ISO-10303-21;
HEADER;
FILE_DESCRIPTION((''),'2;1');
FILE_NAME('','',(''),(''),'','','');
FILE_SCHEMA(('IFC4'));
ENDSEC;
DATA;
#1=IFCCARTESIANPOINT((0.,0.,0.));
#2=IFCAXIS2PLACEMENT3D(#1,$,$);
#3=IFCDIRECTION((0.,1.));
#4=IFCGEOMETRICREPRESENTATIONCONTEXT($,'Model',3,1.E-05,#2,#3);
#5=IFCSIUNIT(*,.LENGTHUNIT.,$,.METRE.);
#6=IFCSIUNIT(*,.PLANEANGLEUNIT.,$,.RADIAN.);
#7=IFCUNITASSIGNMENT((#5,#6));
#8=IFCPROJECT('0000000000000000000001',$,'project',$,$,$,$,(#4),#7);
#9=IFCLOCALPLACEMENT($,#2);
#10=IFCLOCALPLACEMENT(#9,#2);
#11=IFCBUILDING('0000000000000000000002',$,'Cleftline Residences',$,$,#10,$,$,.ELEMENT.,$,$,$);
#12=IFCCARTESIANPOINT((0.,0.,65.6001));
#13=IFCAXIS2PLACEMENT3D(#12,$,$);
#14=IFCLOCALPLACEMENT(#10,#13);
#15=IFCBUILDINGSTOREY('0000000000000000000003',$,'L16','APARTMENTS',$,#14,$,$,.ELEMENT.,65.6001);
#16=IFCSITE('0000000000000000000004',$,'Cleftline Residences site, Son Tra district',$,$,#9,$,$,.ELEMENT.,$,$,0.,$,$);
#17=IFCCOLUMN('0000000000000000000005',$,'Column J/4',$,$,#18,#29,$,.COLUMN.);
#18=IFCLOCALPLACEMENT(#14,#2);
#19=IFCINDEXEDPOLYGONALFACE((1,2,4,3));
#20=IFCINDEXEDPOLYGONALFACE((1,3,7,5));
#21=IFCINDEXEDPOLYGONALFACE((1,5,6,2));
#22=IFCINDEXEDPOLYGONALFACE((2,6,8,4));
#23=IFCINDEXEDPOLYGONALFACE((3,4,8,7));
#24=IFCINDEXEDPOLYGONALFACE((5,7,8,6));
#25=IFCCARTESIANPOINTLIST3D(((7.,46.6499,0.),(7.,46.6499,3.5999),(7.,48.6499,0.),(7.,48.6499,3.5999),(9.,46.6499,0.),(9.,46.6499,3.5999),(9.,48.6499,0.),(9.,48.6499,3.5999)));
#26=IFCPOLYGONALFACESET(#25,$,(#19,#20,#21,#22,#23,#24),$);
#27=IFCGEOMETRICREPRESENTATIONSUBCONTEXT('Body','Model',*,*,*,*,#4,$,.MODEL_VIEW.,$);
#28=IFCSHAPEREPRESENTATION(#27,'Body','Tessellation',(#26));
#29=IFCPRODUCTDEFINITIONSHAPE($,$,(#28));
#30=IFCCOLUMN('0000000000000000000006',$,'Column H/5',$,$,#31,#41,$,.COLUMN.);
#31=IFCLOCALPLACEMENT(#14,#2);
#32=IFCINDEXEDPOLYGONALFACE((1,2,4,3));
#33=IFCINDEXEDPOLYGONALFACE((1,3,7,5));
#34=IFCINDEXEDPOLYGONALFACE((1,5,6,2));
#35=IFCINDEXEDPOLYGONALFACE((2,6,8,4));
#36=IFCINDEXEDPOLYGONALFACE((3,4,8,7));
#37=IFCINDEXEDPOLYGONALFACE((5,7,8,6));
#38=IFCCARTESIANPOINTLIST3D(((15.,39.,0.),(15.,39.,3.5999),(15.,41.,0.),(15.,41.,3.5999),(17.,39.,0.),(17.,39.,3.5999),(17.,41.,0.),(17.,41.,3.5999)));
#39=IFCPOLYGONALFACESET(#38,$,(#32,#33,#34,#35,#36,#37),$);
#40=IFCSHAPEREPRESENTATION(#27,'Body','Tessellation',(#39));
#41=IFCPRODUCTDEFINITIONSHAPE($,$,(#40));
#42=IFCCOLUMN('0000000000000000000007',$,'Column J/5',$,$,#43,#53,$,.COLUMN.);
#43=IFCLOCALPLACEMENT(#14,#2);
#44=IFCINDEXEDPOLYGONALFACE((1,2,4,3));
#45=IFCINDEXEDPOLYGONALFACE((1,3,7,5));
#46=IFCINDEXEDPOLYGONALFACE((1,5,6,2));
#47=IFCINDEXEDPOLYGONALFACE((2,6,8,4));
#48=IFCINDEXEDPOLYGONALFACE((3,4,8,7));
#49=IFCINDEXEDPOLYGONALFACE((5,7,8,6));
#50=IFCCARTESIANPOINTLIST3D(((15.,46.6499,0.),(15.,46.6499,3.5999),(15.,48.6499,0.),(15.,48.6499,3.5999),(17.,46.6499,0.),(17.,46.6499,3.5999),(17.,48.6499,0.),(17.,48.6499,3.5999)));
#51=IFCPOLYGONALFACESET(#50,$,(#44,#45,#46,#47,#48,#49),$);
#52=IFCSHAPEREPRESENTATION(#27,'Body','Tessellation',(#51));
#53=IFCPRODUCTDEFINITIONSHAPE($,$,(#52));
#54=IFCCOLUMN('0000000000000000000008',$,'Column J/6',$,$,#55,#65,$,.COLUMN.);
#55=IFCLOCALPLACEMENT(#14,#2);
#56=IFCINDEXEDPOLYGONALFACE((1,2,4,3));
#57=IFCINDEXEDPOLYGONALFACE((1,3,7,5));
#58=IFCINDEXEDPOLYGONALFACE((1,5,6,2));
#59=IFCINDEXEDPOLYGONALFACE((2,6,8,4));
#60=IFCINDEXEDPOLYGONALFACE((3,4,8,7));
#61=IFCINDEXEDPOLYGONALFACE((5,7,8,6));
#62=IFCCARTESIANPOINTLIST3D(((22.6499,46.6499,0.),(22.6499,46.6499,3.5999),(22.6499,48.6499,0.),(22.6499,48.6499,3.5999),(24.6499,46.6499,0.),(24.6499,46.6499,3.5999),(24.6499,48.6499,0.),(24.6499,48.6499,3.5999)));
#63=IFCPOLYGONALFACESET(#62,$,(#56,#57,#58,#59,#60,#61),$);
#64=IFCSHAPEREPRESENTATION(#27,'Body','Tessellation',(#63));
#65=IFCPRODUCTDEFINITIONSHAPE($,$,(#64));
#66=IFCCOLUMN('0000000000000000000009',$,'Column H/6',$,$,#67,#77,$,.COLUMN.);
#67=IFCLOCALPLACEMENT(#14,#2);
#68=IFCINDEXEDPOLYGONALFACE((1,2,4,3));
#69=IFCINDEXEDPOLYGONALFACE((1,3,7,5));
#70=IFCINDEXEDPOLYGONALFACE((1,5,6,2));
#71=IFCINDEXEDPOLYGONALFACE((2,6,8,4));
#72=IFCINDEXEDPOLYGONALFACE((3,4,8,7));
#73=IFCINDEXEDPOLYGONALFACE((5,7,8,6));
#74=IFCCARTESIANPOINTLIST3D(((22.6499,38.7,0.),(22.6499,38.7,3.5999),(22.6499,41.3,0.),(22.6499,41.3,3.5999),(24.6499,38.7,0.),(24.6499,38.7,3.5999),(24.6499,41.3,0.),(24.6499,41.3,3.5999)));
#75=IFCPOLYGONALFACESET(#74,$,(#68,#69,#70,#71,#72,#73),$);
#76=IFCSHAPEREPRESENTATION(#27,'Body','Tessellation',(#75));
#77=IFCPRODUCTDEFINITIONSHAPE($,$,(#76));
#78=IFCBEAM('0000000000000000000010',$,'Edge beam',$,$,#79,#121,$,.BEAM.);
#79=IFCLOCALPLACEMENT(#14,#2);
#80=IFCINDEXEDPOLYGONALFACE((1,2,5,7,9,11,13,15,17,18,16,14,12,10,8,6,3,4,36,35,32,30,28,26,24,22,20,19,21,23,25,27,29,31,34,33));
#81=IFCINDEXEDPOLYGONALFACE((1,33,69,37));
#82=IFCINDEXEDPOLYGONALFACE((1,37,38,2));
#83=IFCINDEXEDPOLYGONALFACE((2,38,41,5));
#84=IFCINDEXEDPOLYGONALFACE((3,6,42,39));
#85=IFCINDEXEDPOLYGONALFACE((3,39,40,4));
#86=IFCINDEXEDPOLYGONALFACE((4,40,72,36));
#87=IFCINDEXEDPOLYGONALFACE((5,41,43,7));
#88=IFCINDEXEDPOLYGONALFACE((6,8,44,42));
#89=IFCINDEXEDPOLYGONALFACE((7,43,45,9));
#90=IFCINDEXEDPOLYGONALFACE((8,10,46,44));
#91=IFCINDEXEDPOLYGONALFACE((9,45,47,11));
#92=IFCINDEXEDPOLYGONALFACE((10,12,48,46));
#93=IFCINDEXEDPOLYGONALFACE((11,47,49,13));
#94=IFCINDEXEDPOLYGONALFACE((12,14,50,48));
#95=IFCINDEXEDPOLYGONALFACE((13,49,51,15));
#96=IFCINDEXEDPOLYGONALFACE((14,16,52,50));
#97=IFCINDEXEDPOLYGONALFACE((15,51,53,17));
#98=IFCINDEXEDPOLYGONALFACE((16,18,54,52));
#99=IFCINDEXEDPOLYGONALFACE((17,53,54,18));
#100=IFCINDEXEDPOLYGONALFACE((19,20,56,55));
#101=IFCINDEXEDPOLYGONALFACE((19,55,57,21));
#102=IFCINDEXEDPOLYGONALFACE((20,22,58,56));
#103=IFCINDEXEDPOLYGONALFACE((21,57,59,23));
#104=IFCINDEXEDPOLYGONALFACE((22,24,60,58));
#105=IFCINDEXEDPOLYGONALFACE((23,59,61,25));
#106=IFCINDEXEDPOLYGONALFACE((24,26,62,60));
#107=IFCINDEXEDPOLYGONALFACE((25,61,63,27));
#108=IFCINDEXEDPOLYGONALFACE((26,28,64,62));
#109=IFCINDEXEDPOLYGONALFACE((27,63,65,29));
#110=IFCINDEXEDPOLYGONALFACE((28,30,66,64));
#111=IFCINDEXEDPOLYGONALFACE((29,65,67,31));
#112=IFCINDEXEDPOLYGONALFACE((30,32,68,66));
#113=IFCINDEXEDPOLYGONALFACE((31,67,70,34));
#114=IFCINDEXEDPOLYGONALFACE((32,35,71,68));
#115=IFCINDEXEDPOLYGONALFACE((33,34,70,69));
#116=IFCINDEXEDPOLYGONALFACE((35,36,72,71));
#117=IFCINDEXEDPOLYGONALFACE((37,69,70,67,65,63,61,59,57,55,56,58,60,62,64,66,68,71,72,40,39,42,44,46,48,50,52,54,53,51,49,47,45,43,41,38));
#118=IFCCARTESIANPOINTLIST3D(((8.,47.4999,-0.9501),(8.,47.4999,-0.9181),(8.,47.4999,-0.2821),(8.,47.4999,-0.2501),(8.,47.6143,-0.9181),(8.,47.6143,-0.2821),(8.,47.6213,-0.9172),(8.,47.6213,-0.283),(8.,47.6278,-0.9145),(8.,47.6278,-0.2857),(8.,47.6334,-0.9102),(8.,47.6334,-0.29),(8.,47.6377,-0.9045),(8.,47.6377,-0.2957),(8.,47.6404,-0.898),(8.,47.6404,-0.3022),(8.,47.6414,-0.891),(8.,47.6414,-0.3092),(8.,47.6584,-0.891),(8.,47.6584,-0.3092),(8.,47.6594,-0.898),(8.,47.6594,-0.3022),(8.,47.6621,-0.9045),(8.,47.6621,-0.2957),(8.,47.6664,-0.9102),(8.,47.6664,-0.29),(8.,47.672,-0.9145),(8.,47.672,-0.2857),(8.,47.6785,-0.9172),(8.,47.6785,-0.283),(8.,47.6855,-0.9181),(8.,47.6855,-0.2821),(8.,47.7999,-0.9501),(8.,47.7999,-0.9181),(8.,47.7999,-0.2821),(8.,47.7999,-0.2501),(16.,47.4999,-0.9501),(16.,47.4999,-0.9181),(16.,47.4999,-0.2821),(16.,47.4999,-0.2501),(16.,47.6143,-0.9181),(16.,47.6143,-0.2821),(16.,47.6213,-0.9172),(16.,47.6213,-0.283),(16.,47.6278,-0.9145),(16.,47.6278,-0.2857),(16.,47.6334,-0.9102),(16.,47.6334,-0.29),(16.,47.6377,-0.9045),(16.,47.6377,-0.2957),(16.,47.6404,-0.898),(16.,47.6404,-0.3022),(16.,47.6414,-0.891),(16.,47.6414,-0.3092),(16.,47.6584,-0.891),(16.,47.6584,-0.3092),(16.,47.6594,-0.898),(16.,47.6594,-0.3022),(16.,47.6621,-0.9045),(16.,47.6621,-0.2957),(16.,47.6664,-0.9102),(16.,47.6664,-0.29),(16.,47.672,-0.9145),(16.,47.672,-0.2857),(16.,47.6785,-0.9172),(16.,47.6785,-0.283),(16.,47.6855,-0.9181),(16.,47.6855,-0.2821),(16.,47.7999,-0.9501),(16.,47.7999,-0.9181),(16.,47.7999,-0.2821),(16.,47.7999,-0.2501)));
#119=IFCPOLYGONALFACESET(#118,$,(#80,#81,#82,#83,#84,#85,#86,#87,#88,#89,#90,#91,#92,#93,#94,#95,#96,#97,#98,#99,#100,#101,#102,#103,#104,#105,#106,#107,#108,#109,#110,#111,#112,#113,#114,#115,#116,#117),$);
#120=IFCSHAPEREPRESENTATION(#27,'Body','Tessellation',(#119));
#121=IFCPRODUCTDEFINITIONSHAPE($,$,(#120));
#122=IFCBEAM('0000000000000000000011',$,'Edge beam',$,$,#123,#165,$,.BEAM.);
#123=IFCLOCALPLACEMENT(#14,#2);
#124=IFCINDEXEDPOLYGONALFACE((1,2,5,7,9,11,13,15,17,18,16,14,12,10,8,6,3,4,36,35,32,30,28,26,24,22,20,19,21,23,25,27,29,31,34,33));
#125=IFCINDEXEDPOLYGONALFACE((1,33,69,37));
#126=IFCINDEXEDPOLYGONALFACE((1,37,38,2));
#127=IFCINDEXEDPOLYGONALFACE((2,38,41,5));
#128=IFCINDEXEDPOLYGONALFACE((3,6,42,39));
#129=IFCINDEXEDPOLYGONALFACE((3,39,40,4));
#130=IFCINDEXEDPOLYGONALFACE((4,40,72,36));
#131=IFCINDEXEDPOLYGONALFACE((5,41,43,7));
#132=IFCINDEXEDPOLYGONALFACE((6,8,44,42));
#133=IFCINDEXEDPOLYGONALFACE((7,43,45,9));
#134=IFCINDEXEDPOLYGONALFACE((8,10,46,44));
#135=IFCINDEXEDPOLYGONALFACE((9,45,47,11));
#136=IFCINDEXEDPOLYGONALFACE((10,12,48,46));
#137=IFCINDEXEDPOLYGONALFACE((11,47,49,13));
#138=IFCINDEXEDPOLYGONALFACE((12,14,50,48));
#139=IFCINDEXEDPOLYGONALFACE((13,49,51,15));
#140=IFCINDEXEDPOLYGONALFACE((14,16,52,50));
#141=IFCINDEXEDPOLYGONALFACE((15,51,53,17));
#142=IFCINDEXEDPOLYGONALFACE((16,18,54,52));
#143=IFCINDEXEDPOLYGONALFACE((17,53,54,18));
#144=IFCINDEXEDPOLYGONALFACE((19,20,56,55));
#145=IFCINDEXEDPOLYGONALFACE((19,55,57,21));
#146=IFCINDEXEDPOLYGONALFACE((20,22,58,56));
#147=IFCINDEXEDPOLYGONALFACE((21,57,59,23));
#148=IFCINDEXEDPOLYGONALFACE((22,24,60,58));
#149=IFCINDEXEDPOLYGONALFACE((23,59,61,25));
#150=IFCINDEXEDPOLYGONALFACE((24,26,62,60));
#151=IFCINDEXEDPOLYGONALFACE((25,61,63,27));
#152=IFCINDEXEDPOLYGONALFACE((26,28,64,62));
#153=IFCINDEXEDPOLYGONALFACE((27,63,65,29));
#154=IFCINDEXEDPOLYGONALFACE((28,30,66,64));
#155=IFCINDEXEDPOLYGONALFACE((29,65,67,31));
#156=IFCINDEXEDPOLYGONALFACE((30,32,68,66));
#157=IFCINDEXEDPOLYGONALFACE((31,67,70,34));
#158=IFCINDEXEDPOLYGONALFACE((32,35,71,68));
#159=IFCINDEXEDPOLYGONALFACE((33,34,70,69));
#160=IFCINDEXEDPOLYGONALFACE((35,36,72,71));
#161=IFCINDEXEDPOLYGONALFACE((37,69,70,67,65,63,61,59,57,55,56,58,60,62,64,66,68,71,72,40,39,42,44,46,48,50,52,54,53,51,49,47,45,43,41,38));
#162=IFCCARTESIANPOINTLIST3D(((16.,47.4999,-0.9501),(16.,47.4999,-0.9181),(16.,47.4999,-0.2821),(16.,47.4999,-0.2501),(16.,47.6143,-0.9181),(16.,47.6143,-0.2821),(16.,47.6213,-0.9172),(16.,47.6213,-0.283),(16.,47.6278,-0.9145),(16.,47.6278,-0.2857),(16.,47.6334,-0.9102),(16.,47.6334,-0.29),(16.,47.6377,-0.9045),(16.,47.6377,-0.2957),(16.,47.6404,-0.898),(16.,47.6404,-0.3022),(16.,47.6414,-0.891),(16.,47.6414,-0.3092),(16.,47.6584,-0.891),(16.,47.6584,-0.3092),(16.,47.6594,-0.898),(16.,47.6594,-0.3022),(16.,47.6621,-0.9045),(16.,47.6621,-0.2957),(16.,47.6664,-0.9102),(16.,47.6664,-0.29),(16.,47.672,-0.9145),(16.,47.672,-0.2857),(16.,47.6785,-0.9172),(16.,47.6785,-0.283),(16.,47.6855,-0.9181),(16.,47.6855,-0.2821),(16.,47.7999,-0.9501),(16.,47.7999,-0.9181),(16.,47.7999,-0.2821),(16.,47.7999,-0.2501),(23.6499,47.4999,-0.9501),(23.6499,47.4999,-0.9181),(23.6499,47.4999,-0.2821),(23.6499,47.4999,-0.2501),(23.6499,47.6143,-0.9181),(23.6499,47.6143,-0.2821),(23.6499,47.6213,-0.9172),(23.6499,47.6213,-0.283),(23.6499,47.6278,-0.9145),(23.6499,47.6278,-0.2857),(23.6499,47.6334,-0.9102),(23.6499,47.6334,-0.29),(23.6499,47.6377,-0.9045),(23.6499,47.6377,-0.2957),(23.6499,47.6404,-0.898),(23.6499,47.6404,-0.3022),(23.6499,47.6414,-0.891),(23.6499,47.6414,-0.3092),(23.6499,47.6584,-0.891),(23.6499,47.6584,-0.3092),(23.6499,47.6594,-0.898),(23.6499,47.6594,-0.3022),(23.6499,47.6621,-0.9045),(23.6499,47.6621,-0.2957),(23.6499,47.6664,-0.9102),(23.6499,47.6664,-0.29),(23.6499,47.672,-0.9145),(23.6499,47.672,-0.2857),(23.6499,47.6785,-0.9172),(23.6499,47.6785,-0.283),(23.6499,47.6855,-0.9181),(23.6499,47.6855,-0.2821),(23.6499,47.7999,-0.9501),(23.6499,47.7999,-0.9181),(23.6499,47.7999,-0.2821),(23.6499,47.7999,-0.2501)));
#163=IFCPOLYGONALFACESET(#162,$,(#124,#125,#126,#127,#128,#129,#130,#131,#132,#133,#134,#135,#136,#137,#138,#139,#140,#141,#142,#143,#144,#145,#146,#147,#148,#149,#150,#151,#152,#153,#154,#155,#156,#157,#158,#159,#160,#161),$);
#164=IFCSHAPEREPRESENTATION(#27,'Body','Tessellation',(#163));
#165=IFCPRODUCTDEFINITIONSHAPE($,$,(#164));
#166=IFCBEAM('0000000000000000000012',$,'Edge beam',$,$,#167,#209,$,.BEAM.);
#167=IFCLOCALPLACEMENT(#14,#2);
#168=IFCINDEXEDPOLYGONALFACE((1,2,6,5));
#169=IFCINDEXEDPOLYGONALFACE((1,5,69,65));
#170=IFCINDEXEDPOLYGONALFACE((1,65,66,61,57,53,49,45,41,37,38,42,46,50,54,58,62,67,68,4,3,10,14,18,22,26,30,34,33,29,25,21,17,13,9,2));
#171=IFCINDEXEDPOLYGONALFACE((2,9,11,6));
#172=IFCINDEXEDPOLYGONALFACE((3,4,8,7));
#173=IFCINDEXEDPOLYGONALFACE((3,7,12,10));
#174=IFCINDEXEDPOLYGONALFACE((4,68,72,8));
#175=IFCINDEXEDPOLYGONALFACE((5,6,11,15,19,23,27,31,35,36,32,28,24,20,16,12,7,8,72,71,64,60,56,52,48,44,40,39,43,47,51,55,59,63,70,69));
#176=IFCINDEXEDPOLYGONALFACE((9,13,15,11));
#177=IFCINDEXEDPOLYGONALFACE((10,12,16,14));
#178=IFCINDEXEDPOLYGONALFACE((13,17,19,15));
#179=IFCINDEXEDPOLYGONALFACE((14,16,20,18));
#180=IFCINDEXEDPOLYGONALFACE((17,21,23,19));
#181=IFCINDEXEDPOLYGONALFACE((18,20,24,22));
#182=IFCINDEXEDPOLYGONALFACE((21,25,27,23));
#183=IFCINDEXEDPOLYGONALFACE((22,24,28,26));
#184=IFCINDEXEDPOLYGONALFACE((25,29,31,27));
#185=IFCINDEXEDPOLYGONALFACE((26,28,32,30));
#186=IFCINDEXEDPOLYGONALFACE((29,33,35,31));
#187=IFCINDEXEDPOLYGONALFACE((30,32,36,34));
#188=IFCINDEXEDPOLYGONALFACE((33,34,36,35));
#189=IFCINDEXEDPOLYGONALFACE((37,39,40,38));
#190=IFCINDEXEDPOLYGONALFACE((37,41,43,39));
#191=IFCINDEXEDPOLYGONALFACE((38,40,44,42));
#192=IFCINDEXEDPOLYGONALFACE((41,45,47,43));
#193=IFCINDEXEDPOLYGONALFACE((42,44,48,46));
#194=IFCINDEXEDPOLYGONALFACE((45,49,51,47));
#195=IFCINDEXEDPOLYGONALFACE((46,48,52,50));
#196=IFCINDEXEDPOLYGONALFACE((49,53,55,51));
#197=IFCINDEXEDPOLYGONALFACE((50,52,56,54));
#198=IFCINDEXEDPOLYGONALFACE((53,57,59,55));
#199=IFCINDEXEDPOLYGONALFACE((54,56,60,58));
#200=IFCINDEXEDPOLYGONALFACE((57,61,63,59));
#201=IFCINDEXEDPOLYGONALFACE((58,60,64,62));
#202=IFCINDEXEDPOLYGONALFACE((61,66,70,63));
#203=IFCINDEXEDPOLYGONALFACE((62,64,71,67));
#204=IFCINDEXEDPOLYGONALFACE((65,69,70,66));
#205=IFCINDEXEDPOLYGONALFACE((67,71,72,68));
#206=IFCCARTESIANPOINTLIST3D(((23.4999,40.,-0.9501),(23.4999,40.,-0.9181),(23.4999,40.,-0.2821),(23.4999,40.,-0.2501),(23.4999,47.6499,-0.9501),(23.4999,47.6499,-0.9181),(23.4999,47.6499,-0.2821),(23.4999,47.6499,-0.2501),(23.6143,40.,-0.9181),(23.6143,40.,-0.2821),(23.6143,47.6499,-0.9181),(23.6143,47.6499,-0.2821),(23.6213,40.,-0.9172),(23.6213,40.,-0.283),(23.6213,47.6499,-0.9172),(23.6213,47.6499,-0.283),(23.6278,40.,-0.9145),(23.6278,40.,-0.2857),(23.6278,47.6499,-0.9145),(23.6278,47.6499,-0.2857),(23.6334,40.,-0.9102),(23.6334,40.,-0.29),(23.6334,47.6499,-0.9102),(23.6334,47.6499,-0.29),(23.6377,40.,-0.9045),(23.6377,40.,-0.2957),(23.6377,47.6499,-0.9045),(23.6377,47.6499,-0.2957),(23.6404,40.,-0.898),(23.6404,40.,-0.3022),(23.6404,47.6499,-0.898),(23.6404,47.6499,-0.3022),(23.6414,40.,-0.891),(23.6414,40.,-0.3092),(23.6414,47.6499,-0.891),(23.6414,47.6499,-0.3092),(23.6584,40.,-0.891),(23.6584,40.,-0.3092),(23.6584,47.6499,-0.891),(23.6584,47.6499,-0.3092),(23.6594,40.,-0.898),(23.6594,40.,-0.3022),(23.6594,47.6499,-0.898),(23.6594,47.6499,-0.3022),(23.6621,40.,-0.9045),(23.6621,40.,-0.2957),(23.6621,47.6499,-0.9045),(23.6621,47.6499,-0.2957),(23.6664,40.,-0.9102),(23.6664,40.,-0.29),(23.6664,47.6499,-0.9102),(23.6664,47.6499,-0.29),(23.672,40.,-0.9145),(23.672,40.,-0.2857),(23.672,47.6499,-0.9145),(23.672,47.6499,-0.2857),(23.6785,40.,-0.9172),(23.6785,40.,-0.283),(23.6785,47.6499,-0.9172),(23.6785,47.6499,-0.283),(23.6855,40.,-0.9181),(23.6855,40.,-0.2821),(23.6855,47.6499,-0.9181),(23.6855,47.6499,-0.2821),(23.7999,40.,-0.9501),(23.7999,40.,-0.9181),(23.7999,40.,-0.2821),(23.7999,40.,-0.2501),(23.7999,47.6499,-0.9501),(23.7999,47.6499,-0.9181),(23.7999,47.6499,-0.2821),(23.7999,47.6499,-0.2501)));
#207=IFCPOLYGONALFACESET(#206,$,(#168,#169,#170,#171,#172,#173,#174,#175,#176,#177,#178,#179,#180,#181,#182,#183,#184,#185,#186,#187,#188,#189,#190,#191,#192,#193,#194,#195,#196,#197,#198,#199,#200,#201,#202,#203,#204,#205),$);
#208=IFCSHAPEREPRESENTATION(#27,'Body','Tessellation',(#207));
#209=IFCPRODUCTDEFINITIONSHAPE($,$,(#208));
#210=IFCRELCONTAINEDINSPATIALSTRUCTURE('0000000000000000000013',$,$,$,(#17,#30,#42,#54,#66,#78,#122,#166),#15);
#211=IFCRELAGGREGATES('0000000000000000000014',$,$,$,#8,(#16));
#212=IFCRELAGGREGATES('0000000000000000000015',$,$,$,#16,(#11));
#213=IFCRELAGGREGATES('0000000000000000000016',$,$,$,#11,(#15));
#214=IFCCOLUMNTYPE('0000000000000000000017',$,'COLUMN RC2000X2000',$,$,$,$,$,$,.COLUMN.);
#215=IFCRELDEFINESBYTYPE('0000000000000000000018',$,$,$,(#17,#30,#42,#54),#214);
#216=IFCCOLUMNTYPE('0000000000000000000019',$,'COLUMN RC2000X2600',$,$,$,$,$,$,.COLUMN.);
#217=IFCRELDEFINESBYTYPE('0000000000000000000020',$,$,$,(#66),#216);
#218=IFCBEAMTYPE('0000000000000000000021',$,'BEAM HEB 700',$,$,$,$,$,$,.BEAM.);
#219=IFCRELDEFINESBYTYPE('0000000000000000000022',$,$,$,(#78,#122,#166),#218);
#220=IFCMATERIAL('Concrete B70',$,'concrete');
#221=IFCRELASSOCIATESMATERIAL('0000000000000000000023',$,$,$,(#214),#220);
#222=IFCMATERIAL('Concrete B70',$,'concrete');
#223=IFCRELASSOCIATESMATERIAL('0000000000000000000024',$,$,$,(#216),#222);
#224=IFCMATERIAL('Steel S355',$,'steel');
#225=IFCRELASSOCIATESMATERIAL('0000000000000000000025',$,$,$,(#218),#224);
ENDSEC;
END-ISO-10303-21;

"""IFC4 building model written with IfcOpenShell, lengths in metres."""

from ifc_helpers import new_model, si_unit, direction, frame, origin, origin_2d, place, context, subcontext, project, spatial, rectangle, i_section, extrude, material, material_profile, profile_set, type_object, element, save


model = new_model("IFC4")

# Units and contexts
model_context = context("Model", 3, precision=1e-05, world=origin(), true_north=direction((0.0, 1.0)))
body_context = subcontext(model_context, "Body", "Model", "MODEL_VIEW")
ifc_project = project(units=[si_unit("LENGTHUNIT", "METRE"), si_unit("PLANEANGLEUNIT", "RADIAN")], contexts=[model_context])

# Site, building, storey
site_placement = place(None, origin())
site = spatial("IfcSite", under=ifc_project, at=site_placement, Name="Cleftline Residences site, Son Tra district", CompositionType="ELEMENT", RefElevation=0.0)
building_placement = place(site_placement, origin())
building = spatial("IfcBuilding", under=site, at=building_placement, Name="Cleftline Residences", CompositionType="ELEMENT")
storey_placement = place(building_placement, frame((0.0, 0.0, 65.6001)))
storey = spatial("IfcBuildingStorey", under=building, at=storey_placement, Name="L16", Description="APARTMENTS", CompositionType="ELEMENT", Elevation=65.6001)

# Columns
ifc_material_1 = material(Name="Concrete B70", Category="concrete")
ifc_material_profile_1 = material_profile(ifc_material_1, rectangle(XDim=2.0, YDim=2.0, at=origin_2d()))
ifc_profile_set_1 = profile_set([ifc_material_profile_1], Name="Concrete B70")
column_type_1 = type_object("IfcColumnType", Name="COLUMN RC2000X2000", PredefinedType="COLUMN", material=ifc_profile_set_1)
for number, where, z_axis, x_axis, name in (
    (1, (8.0, 47.6499, 0.0), (0.0, 0.0, 1.0), (1.0, 0.0, 0.0), "Column J/4"),
    (2, (16.0, 40.0, 0.0), (0.0, 0.0, 1.0), (1.0, 0.0, 0.0), "Column H/5"),
    (3, (16.0, 47.6499, 0.0), (0.0, 0.0, 1.0), (1.0, 0.0, 0.0), "Column J/5"),
    (4, (23.6499, 47.6499, 0.0), (0.0, 0.0, 1.0), (1.0, 0.0, 0.0), "Column J/6"),
):
    element("IfcColumn", number, at=place(storey_placement, frame(where, z_axis=z_axis, x_axis=x_axis)), inside=storey, type_object=column_type_1, Name=name, PredefinedType="COLUMN", context=body_context, shape_type="SweptSolid", body=[
        extrude(rectangle(XDim=2.0, YDim=2.0, at=origin_2d()), origin(), (0.0, 0.0, 1.0), 3.5999),
    ])
ifc_material_2 = material(Name="Concrete B70", Category="concrete")
ifc_material_profile_2 = material_profile(ifc_material_2, rectangle(XDim=2.0, YDim=2.6001, at=origin_2d()))
ifc_profile_set_2 = profile_set([ifc_material_profile_2], Name="Concrete B70")
column_type_2 = type_object("IfcColumnType", Name="COLUMN RC2000X2600", PredefinedType="COLUMN", material=ifc_profile_set_2)
column_placement = place(storey_placement, frame((23.6499, 40.0, 0.0), z_axis=(0.0, 0.0, 1.0), x_axis=(1.0, 0.0, 0.0)))
element("IfcColumn", 5, at=column_placement, inside=storey, type_object=column_type_2, Name="Column H/6", PredefinedType="COLUMN", context=body_context, shape_type="SweptSolid", body=[
    extrude(rectangle(XDim=2.0, YDim=2.6001, at=origin_2d()), origin(), (0.0, 0.0, 1.0), 3.5999),
])

# Beams
ifc_material_3 = material(Name="Steel S355", Category="steel")
ifc_material_profile_3 = material_profile(ifc_material_3, i_section(OverallWidth=0.3, OverallDepth=0.7, WebThickness=0.0171, FlangeThickness=0.032, FilletRadius=0.0271, at=origin_2d()))
ifc_profile_set_3 = profile_set([ifc_material_profile_3], Name="Steel S355")
beam_type = type_object("IfcBeamType", Name="BEAM HEB 700", PredefinedType="BEAM", material=ifc_profile_set_3)
beam_placement = place(storey_placement, frame((8.0, 47.6499, -0.6001), z_axis=(1.0, 0.0, 0.0), x_axis=(0.0, 1.0, 0.0)))
element("IfcBeam", 6, at=beam_placement, inside=storey, type_object=beam_type, Name="Edge beam", PredefinedType="BEAM", context=body_context, shape_type="SweptSolid", body=[
    extrude(i_section(OverallWidth=0.3, OverallDepth=0.7, WebThickness=0.0171, FlangeThickness=0.032, FilletRadius=0.0271, at=origin_2d()), origin(), (0.0, 0.0, 1.0), 8.0),
])
for number, where, z_axis, x_axis, name in (
    (7, (16.0, 47.6499, -0.6001), (1.0, 0.0, 0.0), (0.0, 1.0, 0.0), "Edge beam"),
    (8, (23.6499, 47.6499, -0.6001), (0.0, -1.0, 0.0), (1.0, 0.0, 0.0), "Edge beam"),
):
    element("IfcBeam", number, at=place(storey_placement, frame(where, z_axis=z_axis, x_axis=x_axis)), inside=storey, type_object=beam_type, Name=name, PredefinedType="BEAM", context=body_context, shape_type="SweptSolid", body=[
        extrude(i_section(OverallWidth=0.3, OverallDepth=0.7, WebThickness=0.0171, FlangeThickness=0.032, FilletRadius=0.0271, at=origin_2d()), origin(), (0.0, 0.0, 1.0), 7.6499),
    ])

save(model, "model.ifc")
